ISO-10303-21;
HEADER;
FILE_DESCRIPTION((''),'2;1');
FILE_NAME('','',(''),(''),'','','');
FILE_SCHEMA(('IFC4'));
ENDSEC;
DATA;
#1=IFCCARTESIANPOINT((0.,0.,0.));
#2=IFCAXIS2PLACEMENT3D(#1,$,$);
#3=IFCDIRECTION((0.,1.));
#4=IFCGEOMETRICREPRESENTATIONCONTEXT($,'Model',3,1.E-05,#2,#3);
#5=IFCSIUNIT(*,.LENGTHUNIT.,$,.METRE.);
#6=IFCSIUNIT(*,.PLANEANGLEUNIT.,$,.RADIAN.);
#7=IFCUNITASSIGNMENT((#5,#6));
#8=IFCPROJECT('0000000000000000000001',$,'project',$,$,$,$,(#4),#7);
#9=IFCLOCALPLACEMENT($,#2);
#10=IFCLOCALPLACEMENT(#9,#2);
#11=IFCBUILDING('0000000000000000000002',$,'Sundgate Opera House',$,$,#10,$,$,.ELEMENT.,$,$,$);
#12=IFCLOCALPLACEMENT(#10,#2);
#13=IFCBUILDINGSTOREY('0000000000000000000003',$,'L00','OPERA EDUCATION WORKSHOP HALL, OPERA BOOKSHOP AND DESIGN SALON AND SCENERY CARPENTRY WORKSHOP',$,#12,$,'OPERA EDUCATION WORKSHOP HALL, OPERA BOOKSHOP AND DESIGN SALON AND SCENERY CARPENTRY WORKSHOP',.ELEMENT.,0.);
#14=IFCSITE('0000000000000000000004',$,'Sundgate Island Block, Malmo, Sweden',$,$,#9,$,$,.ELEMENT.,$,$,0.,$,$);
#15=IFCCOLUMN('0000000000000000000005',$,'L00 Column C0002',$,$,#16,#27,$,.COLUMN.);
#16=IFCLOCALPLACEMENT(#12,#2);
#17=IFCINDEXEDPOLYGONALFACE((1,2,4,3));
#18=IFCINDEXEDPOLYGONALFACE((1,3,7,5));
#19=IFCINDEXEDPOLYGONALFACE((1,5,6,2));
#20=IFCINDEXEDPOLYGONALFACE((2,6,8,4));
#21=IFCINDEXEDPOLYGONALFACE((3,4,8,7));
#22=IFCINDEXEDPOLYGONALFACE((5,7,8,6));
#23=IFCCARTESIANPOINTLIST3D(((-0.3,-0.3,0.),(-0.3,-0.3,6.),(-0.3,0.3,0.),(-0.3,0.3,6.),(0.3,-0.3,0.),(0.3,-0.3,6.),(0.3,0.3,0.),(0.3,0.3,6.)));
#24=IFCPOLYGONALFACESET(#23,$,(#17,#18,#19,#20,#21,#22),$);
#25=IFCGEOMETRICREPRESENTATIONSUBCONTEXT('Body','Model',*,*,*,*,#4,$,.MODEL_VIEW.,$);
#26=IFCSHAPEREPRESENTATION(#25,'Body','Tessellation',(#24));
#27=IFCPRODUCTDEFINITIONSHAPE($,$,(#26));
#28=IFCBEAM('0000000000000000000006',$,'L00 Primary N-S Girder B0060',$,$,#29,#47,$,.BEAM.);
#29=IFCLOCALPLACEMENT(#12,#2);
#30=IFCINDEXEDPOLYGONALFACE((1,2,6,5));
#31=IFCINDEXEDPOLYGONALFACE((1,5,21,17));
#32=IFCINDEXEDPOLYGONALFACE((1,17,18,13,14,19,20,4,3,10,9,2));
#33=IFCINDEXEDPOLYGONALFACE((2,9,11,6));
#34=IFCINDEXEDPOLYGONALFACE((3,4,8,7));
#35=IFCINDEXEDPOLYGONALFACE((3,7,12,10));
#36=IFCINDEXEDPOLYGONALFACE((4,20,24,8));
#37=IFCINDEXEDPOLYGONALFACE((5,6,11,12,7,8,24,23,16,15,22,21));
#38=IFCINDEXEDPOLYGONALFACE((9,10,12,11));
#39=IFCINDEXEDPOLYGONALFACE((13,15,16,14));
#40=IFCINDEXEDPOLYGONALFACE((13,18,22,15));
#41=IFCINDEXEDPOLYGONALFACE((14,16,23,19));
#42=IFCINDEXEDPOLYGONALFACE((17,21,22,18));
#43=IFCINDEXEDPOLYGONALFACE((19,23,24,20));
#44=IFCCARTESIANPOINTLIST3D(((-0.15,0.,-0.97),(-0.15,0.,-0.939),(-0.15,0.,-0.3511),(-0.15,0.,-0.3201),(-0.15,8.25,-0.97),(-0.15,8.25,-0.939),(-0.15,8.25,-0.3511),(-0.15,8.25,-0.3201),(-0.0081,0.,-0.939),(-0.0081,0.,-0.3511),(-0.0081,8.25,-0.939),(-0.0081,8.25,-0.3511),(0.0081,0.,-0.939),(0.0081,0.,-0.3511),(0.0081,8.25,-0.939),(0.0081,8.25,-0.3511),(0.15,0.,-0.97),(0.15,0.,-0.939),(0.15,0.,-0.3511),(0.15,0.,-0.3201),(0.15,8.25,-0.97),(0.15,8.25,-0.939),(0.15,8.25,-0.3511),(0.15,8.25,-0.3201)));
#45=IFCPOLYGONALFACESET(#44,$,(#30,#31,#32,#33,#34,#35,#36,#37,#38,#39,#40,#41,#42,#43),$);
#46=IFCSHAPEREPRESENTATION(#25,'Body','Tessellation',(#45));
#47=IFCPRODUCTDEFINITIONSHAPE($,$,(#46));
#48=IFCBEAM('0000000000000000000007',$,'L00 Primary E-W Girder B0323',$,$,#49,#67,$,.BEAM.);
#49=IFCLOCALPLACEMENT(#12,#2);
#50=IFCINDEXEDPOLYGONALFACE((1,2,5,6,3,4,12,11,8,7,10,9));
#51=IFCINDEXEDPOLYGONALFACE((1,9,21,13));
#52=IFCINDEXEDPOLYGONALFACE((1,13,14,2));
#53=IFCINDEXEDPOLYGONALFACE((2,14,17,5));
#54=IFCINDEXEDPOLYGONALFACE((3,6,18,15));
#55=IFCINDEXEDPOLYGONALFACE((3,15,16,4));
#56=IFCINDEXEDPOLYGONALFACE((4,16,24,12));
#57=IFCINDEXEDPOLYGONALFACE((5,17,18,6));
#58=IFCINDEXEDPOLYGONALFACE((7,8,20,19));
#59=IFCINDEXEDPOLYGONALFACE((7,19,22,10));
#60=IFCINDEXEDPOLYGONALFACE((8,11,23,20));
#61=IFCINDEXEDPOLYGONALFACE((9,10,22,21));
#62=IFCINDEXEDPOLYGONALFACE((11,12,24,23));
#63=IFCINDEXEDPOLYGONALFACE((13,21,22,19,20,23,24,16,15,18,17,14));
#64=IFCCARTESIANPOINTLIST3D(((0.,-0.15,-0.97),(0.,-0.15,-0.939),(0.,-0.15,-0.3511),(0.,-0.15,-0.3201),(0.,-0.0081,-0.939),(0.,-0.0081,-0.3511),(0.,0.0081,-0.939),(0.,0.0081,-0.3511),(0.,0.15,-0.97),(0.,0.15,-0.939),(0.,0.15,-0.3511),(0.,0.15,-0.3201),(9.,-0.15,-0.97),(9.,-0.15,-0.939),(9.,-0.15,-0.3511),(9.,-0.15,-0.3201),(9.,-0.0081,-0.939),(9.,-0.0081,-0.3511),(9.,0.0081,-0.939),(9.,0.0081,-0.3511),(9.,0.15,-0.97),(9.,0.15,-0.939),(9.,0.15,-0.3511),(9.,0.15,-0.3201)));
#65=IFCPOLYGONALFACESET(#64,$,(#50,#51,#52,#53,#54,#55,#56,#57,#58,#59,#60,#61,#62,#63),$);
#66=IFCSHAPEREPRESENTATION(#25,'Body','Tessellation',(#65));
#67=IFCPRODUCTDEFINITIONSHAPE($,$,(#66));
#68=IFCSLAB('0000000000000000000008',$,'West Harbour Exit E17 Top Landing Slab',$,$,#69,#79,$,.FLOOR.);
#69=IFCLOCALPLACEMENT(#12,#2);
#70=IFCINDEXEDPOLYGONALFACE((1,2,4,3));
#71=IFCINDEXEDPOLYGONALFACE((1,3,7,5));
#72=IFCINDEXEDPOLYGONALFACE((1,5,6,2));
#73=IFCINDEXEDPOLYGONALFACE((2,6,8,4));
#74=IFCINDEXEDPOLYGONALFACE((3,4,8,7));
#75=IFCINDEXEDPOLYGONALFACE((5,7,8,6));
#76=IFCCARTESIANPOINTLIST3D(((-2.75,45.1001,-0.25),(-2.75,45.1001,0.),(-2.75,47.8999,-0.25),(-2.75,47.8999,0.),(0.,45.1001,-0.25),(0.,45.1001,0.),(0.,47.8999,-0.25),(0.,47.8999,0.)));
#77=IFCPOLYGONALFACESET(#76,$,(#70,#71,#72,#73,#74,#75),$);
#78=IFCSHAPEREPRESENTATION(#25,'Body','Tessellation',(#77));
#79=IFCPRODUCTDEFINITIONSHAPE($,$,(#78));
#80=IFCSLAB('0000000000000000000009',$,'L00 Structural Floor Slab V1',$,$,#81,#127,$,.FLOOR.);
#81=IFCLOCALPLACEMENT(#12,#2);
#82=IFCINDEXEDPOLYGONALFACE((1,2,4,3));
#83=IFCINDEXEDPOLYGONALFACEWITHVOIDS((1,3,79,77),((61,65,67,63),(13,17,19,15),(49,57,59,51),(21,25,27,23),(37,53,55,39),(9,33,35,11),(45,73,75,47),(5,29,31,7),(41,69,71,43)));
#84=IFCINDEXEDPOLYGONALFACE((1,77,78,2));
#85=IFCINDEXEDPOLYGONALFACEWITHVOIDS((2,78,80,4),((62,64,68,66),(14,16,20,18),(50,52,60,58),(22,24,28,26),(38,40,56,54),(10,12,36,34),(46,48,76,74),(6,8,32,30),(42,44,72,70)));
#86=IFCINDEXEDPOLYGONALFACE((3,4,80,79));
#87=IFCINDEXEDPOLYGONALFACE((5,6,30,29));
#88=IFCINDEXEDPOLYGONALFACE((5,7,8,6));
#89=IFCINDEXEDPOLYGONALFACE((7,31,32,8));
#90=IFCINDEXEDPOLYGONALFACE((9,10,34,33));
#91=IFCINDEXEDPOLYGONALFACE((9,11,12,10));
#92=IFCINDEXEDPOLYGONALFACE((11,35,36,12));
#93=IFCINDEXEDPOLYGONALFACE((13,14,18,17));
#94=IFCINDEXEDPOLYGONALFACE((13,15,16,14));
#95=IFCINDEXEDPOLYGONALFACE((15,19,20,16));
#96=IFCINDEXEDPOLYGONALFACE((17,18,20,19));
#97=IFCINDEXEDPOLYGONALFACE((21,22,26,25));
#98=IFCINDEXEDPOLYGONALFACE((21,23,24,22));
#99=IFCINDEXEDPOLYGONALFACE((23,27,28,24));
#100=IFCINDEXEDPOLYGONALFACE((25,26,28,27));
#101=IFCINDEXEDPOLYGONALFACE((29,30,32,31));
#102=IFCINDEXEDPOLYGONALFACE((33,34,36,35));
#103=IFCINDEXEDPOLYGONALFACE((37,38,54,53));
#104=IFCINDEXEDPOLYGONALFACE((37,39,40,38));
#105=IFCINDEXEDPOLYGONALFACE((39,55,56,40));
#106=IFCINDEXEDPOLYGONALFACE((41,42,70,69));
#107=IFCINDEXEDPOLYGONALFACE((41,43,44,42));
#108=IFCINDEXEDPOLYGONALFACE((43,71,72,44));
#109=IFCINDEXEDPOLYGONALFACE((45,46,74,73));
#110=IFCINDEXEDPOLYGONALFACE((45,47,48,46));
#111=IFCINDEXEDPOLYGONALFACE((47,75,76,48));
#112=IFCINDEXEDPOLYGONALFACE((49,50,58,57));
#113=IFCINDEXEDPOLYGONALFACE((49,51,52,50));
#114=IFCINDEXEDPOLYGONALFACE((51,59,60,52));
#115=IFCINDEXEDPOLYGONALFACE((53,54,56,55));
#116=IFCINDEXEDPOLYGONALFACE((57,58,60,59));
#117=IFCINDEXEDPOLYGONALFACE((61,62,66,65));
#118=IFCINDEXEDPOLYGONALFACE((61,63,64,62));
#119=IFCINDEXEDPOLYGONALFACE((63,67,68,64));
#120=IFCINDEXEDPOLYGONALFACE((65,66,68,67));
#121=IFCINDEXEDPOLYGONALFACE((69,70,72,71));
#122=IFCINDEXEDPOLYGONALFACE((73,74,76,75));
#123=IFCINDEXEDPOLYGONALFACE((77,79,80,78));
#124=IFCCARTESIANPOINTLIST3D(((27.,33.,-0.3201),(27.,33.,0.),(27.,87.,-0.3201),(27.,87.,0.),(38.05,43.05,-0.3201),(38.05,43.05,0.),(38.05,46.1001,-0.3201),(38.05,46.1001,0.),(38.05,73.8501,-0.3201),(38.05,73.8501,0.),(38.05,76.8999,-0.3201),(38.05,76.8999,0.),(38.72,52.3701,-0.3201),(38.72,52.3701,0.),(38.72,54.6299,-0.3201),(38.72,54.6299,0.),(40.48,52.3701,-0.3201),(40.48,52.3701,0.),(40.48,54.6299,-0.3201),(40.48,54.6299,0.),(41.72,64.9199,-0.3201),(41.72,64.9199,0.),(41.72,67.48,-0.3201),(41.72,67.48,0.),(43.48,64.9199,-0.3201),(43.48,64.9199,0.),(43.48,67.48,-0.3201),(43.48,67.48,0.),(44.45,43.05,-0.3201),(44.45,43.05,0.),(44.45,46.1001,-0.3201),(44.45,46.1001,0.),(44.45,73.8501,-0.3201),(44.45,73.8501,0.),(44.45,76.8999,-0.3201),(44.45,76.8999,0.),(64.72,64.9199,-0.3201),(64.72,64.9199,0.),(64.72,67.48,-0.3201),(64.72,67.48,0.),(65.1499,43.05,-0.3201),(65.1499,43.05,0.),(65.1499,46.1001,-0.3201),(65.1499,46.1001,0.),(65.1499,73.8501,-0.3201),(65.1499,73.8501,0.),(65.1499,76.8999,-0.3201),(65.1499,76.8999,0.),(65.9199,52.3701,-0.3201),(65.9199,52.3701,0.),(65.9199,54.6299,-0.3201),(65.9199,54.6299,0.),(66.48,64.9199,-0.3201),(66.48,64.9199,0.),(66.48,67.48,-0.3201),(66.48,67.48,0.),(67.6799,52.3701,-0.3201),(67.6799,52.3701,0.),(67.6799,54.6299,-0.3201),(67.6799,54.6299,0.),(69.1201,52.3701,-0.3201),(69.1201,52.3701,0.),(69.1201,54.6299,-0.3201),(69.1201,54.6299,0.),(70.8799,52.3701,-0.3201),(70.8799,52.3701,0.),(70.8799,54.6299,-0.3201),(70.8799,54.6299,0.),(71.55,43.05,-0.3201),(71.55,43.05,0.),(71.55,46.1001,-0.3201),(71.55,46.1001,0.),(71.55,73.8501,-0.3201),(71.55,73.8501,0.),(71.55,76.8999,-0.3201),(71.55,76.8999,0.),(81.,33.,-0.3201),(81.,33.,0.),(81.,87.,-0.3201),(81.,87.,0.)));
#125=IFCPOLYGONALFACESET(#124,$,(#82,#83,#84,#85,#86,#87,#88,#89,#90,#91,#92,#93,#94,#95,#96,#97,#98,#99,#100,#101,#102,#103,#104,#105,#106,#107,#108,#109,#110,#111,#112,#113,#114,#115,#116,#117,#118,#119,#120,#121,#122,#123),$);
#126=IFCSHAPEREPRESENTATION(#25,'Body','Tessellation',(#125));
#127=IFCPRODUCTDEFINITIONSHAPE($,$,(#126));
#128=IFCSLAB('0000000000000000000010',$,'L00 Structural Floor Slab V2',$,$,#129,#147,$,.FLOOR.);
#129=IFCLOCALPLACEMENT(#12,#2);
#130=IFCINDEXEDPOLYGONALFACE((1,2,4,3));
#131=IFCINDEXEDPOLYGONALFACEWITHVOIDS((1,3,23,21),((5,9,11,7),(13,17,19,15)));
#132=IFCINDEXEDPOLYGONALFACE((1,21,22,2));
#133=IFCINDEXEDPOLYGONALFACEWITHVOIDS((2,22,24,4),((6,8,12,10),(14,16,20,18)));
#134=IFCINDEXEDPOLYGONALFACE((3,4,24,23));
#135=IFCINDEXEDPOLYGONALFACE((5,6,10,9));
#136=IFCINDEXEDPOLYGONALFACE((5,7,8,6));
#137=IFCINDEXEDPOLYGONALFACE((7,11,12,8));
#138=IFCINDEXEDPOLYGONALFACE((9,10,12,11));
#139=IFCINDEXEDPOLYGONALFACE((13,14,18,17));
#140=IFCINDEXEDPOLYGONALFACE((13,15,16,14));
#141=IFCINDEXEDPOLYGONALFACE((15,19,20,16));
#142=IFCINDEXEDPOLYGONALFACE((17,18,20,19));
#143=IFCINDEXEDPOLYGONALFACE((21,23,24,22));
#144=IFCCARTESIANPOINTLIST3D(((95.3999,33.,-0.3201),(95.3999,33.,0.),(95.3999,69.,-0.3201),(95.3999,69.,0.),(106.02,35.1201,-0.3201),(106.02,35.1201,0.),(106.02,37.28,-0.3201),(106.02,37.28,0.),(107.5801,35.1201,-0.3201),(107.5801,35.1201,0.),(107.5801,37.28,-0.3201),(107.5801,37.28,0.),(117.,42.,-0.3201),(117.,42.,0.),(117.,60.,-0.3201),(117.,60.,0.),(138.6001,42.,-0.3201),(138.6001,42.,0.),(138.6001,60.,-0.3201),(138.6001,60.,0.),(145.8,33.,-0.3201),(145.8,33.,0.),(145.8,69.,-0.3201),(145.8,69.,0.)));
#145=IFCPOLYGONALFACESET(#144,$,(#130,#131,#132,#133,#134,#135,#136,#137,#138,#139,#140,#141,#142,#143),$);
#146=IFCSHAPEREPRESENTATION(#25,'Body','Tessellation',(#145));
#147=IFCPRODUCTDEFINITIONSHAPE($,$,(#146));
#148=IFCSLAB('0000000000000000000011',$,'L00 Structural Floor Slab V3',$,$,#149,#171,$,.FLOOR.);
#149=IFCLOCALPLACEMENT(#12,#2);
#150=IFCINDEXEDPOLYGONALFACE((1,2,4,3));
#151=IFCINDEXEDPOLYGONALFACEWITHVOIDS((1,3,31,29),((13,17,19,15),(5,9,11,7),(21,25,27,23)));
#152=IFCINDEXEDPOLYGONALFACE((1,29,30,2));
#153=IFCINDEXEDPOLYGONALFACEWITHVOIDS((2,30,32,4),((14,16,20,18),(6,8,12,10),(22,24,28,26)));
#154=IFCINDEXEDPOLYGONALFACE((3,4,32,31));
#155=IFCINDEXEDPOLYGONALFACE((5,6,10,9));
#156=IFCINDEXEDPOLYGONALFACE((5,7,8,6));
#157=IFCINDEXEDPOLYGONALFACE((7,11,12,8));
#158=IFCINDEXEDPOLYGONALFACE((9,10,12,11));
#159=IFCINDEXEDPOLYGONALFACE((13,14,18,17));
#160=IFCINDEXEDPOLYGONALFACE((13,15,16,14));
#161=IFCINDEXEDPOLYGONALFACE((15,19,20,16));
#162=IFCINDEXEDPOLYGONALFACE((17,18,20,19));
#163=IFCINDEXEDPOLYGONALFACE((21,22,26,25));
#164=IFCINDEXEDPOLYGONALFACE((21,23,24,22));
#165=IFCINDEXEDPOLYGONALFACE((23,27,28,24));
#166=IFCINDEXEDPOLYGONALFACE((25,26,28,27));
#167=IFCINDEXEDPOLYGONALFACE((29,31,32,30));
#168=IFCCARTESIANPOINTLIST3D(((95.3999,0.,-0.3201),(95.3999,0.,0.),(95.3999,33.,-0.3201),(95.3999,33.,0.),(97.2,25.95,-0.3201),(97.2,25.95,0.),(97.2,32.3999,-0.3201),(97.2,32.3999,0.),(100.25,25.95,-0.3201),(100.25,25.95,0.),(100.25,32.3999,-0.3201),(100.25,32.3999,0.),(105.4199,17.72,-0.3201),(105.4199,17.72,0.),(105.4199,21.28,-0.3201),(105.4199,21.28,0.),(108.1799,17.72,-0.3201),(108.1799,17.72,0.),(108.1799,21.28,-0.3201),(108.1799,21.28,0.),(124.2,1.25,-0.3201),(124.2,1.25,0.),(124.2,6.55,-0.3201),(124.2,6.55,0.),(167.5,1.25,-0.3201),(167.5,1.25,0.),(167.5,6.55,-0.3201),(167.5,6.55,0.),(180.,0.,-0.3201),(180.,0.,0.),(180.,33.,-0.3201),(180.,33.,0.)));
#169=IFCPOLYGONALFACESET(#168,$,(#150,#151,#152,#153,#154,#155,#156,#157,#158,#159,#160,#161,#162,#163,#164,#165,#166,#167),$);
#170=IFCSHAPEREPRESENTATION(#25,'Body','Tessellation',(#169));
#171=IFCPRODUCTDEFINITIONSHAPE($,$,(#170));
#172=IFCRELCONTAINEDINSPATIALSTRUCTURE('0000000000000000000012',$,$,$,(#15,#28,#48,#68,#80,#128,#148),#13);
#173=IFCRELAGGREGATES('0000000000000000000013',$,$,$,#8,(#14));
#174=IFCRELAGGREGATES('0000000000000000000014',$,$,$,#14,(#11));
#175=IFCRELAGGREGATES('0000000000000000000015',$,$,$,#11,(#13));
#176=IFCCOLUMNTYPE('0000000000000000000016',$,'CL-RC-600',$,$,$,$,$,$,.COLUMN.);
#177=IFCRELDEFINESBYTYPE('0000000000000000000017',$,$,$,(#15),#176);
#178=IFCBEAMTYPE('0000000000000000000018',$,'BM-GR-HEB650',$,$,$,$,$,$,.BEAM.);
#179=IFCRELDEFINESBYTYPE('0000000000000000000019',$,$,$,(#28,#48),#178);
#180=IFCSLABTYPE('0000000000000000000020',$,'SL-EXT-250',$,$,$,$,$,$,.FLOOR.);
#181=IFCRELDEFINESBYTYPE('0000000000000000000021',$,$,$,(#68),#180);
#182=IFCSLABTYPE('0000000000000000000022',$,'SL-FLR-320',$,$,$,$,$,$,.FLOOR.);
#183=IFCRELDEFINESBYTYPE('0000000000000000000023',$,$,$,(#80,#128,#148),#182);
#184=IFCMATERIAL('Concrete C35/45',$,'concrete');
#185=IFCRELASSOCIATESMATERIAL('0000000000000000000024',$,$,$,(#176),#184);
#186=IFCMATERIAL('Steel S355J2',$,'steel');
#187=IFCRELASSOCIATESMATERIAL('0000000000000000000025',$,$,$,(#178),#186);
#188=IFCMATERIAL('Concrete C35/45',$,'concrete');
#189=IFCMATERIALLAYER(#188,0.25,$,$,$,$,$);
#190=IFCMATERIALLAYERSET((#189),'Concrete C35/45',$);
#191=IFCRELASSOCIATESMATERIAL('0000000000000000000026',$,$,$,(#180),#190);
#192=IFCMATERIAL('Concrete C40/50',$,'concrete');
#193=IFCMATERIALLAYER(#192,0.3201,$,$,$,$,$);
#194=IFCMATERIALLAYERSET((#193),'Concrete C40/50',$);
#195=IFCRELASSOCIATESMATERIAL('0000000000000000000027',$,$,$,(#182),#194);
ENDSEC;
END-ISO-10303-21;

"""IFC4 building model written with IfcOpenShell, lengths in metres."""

from ifc_helpers import new_model, si_unit, direction, frame, origin, origin_with_axes, origin_2d, place, context, subcontext, project, spatial, polyline, rectangle, i_section, outline, extrude, material, layer, layer_set, material_profile, profile_set, type_object, element, save


model = new_model("IFC4")

# Units and contexts
model_context = context("Model", 3, precision=1e-05, world=origin(), true_north=direction((0.0, 1.0)))
body_context = subcontext(model_context, "Body", "Model", "MODEL_VIEW")
ifc_project = project(units=[si_unit("LENGTHUNIT", "METRE"), si_unit("PLANEANGLEUNIT", "RADIAN")], contexts=[model_context])

# Site, building, storey
site_placement = place(None, origin())
site = spatial("IfcSite", under=ifc_project, at=site_placement, Name="Sundgate Island Block, Malmo, Sweden", CompositionType="ELEMENT", RefElevation=0.0)
building_placement = place(site_placement, origin())
building = spatial("IfcBuilding", under=site, at=building_placement, Name="Sundgate Opera House", CompositionType="ELEMENT")
storey_placement = place(building_placement, origin())
storey = spatial("IfcBuildingStorey", under=building, at=storey_placement, Name="L00", Description="OPERA EDUCATION WORKSHOP HALL, OPERA BOOKSHOP AND DESIGN SALON AND SCENERY CARPENTRY WORKSHOP", LongName="OPERA EDUCATION WORKSHOP HALL, OPERA BOOKSHOP AND DESIGN SALON AND SCENERY CARPENTRY WORKSHOP", CompositionType="ELEMENT", Elevation=0.0)

# Column
ifc_material_1 = material(Name="Concrete C35/45", Category="concrete")
ifc_material_profile_1 = material_profile(ifc_material_1, rectangle(XDim=0.6001, YDim=0.6001, at=origin_2d()), Name="RC 600x600")
ifc_profile_set_1 = profile_set([ifc_material_profile_1], Name="Concrete C35/45")
column_type = type_object("IfcColumnType", Name="CL-RC-600", PredefinedType="COLUMN", material=ifc_profile_set_1)
column_placement = place(storey_placement, origin_with_axes())
element("IfcColumn", 1, at=column_placement, inside=storey, type_object=column_type, Name="L00 Column C0002", PredefinedType="COLUMN", context=body_context, shape_type="SweptSolid", body=[
    extrude(rectangle(XDim=0.6001, YDim=0.6001, at=origin_2d()), origin(), (0.0, 0.0, 1.0), 6.0),
])

# Beams
ifc_material_2 = material(Name="Steel S355J2", Category="steel")
ifc_material_profile_2 = material_profile(ifc_material_2, i_section(OverallWidth=0.3, OverallDepth=0.6499, WebThickness=0.0161, FlangeThickness=0.031, at=origin_2d()), Name="HEB 650")
ifc_profile_set_2 = profile_set([ifc_material_profile_2], Name="Steel S355J2")
beam_type = type_object("IfcBeamType", Name="BM-GR-HEB650", PredefinedType="BEAM", material=ifc_profile_set_2)
beam_1_placement = place(storey_placement, frame((0.0, 0.0, -0.645), z_axis=(0.0, 1.0, 0.0), x_axis=(-1.0, 0.0, 0.0)))
element("IfcBeam", 2, at=beam_1_placement, inside=storey, type_object=beam_type, Name="L00 Primary N-S Girder B0060", PredefinedType="BEAM", context=body_context, shape_type="SweptSolid", body=[
    extrude(i_section(OverallWidth=0.3, OverallDepth=0.6499, WebThickness=0.0161, FlangeThickness=0.031, at=origin_2d()), origin(), (0.0, 0.0, 1.0), 8.25),
])
beam_2_placement = place(storey_placement, frame((0.0, 0.0, -0.645), z_axis=(1.0, 0.0, 0.0), x_axis=(0.0, 1.0, 0.0)))
element("IfcBeam", 3, at=beam_2_placement, inside=storey, type_object=beam_type, Name="L00 Primary E-W Girder B0323", PredefinedType="BEAM", context=body_context, shape_type="SweptSolid", body=[
    extrude(i_section(OverallWidth=0.3, OverallDepth=0.6499, WebThickness=0.0161, FlangeThickness=0.031, at=origin_2d()), origin(), (0.0, 0.0, 1.0), 9.0),
])

# Slabs
ifc_material_3 = material(Name="Concrete C35/45", Category="concrete")
ifc_layer_1 = layer(ifc_material_3, 0.25)
ifc_layer_set_1 = layer_set([ifc_layer_1], Name="Concrete C35/45")
slab_type_1 = type_object("IfcSlabType", Name="SL-EXT-250", PredefinedType="FLOOR", material=ifc_layer_set_1)
slab_1_placement = place(storey_placement, frame((0.0, 0.0, -0.25)))
element("IfcSlab", 4, at=slab_1_placement, inside=storey, type_object=slab_type_1, Name="West Harbour Exit E17 Top Landing Slab", PredefinedType="FLOOR", context=body_context, shape_type="SweptSolid", body=[
    extrude(outline(polyline([(-2.75, 45.1001), (0.0, 45.1001), (0.0, 47.8999), (-2.75, 47.8999), (-2.75, 45.1001)])), origin(), (0.0, 0.0, 1.0), 0.25),
])
ifc_material_4 = material(Name="Concrete C40/50", Category="concrete")
ifc_layer_2 = layer(ifc_material_4, 0.3201)
ifc_layer_set_2 = layer_set([ifc_layer_2], Name="Concrete C40/50")
slab_type_2 = type_object("IfcSlabType", Name="SL-FLR-320", PredefinedType="FLOOR", material=ifc_layer_set_2)
slab_2_placement = place(storey_placement, frame((0.0, 0.0, -0.3201)))
element("IfcSlab", 5, at=slab_2_placement, inside=storey, type_object=slab_type_2, Name="L00 Structural Floor Slab V1", PredefinedType="FLOOR", context=body_context, shape_type="SweptSolid", body=[
    extrude(outline(polyline([(27.0, 33.0), (81.0, 33.0), (81.0, 87.0), (27.0, 87.0), (27.0, 33.0)]), holes=[polyline([(38.05, 46.1001), (44.45, 46.1001), (44.45, 43.05), (38.05, 43.05), (38.05, 46.1001)]), polyline([(38.05, 76.8999), (44.45, 76.8999), (44.45, 73.8501), (38.05, 73.8501), (38.05, 76.8999)]), polyline([(65.1499, 46.1001), (71.55, 46.1001), (71.55, 43.05), (65.1499, 43.05), (65.1499, 46.1001)]), polyline([(65.1499, 76.8999), (71.55, 76.8999), (71.55, 73.8501), (65.1499, 73.8501), (65.1499, 76.8999)]), polyline([(65.9199, 54.6299), (67.6799, 54.6299), (67.6799, 52.3701), (65.9199, 52.3701), (65.9199, 54.6299)]), polyline([(69.1201, 54.6299), (70.8799, 54.6299), (70.8799, 52.3701), (69.1201, 52.3701), (69.1201, 54.6299)]), polyline([(38.72, 54.6299), (40.48, 54.6299), (40.48, 52.3701), (38.72, 52.3701), (38.72, 54.6299)]), polyline([(41.72, 67.48), (43.48, 67.48), (43.48, 64.9199), (41.72, 64.9199), (41.72, 67.48)]), polyline([(64.72, 67.48), (66.48, 67.48), (66.48, 64.9199), (64.72, 64.9199), (64.72, 67.48)])]), origin(), (0.0, 0.0, 1.0), 0.3201),
])
slab_3_placement = place(storey_placement, frame((0.0, 0.0, -0.3201)))
element("IfcSlab", 6, at=slab_3_placement, inside=storey, type_object=slab_type_2, Name="L00 Structural Floor Slab V2", PredefinedType="FLOOR", context=body_context, shape_type="SweptSolid", body=[
    extrude(outline(polyline([(95.3999, 33.0), (145.8, 33.0), (145.8, 69.0), (95.3999, 69.0), (95.3999, 33.0)]), holes=[polyline([(117.0, 60.0), (138.6001, 60.0), (138.6001, 42.0), (117.0, 42.0), (117.0, 60.0)]), polyline([(106.02, 37.28), (107.5801, 37.28), (107.5801, 35.1201), (106.02, 35.1201), (106.02, 37.28)])]), origin(), (0.0, 0.0, 1.0), 0.3201),
])
slab_4_placement = place(storey_placement, frame((0.0, 0.0, -0.3201)))
element("IfcSlab", 7, at=slab_4_placement, inside=storey, type_object=slab_type_2, Name="L00 Structural Floor Slab V3", PredefinedType="FLOOR", context=body_context, shape_type="SweptSolid", body=[
    extrude(outline(polyline([(95.3999, 0.0), (180.0, 0.0), (180.0, 33.0), (95.3999, 33.0), (95.3999, 0.0)]), holes=[polyline([(124.2, 6.55), (167.5, 6.55), (167.5, 1.25), (124.2, 1.25), (124.2, 6.55)]), polyline([(97.2, 32.3999), (100.25, 32.3999), (100.25, 25.95), (97.2, 25.95), (97.2, 32.3999)]), polyline([(105.4199, 21.28), (108.1799, 21.28), (108.1799, 17.72), (105.4199, 17.72), (105.4199, 21.28)])]), origin(), (0.0, 0.0, 1.0), 0.3201),
])

save(model, "model.ifc")
